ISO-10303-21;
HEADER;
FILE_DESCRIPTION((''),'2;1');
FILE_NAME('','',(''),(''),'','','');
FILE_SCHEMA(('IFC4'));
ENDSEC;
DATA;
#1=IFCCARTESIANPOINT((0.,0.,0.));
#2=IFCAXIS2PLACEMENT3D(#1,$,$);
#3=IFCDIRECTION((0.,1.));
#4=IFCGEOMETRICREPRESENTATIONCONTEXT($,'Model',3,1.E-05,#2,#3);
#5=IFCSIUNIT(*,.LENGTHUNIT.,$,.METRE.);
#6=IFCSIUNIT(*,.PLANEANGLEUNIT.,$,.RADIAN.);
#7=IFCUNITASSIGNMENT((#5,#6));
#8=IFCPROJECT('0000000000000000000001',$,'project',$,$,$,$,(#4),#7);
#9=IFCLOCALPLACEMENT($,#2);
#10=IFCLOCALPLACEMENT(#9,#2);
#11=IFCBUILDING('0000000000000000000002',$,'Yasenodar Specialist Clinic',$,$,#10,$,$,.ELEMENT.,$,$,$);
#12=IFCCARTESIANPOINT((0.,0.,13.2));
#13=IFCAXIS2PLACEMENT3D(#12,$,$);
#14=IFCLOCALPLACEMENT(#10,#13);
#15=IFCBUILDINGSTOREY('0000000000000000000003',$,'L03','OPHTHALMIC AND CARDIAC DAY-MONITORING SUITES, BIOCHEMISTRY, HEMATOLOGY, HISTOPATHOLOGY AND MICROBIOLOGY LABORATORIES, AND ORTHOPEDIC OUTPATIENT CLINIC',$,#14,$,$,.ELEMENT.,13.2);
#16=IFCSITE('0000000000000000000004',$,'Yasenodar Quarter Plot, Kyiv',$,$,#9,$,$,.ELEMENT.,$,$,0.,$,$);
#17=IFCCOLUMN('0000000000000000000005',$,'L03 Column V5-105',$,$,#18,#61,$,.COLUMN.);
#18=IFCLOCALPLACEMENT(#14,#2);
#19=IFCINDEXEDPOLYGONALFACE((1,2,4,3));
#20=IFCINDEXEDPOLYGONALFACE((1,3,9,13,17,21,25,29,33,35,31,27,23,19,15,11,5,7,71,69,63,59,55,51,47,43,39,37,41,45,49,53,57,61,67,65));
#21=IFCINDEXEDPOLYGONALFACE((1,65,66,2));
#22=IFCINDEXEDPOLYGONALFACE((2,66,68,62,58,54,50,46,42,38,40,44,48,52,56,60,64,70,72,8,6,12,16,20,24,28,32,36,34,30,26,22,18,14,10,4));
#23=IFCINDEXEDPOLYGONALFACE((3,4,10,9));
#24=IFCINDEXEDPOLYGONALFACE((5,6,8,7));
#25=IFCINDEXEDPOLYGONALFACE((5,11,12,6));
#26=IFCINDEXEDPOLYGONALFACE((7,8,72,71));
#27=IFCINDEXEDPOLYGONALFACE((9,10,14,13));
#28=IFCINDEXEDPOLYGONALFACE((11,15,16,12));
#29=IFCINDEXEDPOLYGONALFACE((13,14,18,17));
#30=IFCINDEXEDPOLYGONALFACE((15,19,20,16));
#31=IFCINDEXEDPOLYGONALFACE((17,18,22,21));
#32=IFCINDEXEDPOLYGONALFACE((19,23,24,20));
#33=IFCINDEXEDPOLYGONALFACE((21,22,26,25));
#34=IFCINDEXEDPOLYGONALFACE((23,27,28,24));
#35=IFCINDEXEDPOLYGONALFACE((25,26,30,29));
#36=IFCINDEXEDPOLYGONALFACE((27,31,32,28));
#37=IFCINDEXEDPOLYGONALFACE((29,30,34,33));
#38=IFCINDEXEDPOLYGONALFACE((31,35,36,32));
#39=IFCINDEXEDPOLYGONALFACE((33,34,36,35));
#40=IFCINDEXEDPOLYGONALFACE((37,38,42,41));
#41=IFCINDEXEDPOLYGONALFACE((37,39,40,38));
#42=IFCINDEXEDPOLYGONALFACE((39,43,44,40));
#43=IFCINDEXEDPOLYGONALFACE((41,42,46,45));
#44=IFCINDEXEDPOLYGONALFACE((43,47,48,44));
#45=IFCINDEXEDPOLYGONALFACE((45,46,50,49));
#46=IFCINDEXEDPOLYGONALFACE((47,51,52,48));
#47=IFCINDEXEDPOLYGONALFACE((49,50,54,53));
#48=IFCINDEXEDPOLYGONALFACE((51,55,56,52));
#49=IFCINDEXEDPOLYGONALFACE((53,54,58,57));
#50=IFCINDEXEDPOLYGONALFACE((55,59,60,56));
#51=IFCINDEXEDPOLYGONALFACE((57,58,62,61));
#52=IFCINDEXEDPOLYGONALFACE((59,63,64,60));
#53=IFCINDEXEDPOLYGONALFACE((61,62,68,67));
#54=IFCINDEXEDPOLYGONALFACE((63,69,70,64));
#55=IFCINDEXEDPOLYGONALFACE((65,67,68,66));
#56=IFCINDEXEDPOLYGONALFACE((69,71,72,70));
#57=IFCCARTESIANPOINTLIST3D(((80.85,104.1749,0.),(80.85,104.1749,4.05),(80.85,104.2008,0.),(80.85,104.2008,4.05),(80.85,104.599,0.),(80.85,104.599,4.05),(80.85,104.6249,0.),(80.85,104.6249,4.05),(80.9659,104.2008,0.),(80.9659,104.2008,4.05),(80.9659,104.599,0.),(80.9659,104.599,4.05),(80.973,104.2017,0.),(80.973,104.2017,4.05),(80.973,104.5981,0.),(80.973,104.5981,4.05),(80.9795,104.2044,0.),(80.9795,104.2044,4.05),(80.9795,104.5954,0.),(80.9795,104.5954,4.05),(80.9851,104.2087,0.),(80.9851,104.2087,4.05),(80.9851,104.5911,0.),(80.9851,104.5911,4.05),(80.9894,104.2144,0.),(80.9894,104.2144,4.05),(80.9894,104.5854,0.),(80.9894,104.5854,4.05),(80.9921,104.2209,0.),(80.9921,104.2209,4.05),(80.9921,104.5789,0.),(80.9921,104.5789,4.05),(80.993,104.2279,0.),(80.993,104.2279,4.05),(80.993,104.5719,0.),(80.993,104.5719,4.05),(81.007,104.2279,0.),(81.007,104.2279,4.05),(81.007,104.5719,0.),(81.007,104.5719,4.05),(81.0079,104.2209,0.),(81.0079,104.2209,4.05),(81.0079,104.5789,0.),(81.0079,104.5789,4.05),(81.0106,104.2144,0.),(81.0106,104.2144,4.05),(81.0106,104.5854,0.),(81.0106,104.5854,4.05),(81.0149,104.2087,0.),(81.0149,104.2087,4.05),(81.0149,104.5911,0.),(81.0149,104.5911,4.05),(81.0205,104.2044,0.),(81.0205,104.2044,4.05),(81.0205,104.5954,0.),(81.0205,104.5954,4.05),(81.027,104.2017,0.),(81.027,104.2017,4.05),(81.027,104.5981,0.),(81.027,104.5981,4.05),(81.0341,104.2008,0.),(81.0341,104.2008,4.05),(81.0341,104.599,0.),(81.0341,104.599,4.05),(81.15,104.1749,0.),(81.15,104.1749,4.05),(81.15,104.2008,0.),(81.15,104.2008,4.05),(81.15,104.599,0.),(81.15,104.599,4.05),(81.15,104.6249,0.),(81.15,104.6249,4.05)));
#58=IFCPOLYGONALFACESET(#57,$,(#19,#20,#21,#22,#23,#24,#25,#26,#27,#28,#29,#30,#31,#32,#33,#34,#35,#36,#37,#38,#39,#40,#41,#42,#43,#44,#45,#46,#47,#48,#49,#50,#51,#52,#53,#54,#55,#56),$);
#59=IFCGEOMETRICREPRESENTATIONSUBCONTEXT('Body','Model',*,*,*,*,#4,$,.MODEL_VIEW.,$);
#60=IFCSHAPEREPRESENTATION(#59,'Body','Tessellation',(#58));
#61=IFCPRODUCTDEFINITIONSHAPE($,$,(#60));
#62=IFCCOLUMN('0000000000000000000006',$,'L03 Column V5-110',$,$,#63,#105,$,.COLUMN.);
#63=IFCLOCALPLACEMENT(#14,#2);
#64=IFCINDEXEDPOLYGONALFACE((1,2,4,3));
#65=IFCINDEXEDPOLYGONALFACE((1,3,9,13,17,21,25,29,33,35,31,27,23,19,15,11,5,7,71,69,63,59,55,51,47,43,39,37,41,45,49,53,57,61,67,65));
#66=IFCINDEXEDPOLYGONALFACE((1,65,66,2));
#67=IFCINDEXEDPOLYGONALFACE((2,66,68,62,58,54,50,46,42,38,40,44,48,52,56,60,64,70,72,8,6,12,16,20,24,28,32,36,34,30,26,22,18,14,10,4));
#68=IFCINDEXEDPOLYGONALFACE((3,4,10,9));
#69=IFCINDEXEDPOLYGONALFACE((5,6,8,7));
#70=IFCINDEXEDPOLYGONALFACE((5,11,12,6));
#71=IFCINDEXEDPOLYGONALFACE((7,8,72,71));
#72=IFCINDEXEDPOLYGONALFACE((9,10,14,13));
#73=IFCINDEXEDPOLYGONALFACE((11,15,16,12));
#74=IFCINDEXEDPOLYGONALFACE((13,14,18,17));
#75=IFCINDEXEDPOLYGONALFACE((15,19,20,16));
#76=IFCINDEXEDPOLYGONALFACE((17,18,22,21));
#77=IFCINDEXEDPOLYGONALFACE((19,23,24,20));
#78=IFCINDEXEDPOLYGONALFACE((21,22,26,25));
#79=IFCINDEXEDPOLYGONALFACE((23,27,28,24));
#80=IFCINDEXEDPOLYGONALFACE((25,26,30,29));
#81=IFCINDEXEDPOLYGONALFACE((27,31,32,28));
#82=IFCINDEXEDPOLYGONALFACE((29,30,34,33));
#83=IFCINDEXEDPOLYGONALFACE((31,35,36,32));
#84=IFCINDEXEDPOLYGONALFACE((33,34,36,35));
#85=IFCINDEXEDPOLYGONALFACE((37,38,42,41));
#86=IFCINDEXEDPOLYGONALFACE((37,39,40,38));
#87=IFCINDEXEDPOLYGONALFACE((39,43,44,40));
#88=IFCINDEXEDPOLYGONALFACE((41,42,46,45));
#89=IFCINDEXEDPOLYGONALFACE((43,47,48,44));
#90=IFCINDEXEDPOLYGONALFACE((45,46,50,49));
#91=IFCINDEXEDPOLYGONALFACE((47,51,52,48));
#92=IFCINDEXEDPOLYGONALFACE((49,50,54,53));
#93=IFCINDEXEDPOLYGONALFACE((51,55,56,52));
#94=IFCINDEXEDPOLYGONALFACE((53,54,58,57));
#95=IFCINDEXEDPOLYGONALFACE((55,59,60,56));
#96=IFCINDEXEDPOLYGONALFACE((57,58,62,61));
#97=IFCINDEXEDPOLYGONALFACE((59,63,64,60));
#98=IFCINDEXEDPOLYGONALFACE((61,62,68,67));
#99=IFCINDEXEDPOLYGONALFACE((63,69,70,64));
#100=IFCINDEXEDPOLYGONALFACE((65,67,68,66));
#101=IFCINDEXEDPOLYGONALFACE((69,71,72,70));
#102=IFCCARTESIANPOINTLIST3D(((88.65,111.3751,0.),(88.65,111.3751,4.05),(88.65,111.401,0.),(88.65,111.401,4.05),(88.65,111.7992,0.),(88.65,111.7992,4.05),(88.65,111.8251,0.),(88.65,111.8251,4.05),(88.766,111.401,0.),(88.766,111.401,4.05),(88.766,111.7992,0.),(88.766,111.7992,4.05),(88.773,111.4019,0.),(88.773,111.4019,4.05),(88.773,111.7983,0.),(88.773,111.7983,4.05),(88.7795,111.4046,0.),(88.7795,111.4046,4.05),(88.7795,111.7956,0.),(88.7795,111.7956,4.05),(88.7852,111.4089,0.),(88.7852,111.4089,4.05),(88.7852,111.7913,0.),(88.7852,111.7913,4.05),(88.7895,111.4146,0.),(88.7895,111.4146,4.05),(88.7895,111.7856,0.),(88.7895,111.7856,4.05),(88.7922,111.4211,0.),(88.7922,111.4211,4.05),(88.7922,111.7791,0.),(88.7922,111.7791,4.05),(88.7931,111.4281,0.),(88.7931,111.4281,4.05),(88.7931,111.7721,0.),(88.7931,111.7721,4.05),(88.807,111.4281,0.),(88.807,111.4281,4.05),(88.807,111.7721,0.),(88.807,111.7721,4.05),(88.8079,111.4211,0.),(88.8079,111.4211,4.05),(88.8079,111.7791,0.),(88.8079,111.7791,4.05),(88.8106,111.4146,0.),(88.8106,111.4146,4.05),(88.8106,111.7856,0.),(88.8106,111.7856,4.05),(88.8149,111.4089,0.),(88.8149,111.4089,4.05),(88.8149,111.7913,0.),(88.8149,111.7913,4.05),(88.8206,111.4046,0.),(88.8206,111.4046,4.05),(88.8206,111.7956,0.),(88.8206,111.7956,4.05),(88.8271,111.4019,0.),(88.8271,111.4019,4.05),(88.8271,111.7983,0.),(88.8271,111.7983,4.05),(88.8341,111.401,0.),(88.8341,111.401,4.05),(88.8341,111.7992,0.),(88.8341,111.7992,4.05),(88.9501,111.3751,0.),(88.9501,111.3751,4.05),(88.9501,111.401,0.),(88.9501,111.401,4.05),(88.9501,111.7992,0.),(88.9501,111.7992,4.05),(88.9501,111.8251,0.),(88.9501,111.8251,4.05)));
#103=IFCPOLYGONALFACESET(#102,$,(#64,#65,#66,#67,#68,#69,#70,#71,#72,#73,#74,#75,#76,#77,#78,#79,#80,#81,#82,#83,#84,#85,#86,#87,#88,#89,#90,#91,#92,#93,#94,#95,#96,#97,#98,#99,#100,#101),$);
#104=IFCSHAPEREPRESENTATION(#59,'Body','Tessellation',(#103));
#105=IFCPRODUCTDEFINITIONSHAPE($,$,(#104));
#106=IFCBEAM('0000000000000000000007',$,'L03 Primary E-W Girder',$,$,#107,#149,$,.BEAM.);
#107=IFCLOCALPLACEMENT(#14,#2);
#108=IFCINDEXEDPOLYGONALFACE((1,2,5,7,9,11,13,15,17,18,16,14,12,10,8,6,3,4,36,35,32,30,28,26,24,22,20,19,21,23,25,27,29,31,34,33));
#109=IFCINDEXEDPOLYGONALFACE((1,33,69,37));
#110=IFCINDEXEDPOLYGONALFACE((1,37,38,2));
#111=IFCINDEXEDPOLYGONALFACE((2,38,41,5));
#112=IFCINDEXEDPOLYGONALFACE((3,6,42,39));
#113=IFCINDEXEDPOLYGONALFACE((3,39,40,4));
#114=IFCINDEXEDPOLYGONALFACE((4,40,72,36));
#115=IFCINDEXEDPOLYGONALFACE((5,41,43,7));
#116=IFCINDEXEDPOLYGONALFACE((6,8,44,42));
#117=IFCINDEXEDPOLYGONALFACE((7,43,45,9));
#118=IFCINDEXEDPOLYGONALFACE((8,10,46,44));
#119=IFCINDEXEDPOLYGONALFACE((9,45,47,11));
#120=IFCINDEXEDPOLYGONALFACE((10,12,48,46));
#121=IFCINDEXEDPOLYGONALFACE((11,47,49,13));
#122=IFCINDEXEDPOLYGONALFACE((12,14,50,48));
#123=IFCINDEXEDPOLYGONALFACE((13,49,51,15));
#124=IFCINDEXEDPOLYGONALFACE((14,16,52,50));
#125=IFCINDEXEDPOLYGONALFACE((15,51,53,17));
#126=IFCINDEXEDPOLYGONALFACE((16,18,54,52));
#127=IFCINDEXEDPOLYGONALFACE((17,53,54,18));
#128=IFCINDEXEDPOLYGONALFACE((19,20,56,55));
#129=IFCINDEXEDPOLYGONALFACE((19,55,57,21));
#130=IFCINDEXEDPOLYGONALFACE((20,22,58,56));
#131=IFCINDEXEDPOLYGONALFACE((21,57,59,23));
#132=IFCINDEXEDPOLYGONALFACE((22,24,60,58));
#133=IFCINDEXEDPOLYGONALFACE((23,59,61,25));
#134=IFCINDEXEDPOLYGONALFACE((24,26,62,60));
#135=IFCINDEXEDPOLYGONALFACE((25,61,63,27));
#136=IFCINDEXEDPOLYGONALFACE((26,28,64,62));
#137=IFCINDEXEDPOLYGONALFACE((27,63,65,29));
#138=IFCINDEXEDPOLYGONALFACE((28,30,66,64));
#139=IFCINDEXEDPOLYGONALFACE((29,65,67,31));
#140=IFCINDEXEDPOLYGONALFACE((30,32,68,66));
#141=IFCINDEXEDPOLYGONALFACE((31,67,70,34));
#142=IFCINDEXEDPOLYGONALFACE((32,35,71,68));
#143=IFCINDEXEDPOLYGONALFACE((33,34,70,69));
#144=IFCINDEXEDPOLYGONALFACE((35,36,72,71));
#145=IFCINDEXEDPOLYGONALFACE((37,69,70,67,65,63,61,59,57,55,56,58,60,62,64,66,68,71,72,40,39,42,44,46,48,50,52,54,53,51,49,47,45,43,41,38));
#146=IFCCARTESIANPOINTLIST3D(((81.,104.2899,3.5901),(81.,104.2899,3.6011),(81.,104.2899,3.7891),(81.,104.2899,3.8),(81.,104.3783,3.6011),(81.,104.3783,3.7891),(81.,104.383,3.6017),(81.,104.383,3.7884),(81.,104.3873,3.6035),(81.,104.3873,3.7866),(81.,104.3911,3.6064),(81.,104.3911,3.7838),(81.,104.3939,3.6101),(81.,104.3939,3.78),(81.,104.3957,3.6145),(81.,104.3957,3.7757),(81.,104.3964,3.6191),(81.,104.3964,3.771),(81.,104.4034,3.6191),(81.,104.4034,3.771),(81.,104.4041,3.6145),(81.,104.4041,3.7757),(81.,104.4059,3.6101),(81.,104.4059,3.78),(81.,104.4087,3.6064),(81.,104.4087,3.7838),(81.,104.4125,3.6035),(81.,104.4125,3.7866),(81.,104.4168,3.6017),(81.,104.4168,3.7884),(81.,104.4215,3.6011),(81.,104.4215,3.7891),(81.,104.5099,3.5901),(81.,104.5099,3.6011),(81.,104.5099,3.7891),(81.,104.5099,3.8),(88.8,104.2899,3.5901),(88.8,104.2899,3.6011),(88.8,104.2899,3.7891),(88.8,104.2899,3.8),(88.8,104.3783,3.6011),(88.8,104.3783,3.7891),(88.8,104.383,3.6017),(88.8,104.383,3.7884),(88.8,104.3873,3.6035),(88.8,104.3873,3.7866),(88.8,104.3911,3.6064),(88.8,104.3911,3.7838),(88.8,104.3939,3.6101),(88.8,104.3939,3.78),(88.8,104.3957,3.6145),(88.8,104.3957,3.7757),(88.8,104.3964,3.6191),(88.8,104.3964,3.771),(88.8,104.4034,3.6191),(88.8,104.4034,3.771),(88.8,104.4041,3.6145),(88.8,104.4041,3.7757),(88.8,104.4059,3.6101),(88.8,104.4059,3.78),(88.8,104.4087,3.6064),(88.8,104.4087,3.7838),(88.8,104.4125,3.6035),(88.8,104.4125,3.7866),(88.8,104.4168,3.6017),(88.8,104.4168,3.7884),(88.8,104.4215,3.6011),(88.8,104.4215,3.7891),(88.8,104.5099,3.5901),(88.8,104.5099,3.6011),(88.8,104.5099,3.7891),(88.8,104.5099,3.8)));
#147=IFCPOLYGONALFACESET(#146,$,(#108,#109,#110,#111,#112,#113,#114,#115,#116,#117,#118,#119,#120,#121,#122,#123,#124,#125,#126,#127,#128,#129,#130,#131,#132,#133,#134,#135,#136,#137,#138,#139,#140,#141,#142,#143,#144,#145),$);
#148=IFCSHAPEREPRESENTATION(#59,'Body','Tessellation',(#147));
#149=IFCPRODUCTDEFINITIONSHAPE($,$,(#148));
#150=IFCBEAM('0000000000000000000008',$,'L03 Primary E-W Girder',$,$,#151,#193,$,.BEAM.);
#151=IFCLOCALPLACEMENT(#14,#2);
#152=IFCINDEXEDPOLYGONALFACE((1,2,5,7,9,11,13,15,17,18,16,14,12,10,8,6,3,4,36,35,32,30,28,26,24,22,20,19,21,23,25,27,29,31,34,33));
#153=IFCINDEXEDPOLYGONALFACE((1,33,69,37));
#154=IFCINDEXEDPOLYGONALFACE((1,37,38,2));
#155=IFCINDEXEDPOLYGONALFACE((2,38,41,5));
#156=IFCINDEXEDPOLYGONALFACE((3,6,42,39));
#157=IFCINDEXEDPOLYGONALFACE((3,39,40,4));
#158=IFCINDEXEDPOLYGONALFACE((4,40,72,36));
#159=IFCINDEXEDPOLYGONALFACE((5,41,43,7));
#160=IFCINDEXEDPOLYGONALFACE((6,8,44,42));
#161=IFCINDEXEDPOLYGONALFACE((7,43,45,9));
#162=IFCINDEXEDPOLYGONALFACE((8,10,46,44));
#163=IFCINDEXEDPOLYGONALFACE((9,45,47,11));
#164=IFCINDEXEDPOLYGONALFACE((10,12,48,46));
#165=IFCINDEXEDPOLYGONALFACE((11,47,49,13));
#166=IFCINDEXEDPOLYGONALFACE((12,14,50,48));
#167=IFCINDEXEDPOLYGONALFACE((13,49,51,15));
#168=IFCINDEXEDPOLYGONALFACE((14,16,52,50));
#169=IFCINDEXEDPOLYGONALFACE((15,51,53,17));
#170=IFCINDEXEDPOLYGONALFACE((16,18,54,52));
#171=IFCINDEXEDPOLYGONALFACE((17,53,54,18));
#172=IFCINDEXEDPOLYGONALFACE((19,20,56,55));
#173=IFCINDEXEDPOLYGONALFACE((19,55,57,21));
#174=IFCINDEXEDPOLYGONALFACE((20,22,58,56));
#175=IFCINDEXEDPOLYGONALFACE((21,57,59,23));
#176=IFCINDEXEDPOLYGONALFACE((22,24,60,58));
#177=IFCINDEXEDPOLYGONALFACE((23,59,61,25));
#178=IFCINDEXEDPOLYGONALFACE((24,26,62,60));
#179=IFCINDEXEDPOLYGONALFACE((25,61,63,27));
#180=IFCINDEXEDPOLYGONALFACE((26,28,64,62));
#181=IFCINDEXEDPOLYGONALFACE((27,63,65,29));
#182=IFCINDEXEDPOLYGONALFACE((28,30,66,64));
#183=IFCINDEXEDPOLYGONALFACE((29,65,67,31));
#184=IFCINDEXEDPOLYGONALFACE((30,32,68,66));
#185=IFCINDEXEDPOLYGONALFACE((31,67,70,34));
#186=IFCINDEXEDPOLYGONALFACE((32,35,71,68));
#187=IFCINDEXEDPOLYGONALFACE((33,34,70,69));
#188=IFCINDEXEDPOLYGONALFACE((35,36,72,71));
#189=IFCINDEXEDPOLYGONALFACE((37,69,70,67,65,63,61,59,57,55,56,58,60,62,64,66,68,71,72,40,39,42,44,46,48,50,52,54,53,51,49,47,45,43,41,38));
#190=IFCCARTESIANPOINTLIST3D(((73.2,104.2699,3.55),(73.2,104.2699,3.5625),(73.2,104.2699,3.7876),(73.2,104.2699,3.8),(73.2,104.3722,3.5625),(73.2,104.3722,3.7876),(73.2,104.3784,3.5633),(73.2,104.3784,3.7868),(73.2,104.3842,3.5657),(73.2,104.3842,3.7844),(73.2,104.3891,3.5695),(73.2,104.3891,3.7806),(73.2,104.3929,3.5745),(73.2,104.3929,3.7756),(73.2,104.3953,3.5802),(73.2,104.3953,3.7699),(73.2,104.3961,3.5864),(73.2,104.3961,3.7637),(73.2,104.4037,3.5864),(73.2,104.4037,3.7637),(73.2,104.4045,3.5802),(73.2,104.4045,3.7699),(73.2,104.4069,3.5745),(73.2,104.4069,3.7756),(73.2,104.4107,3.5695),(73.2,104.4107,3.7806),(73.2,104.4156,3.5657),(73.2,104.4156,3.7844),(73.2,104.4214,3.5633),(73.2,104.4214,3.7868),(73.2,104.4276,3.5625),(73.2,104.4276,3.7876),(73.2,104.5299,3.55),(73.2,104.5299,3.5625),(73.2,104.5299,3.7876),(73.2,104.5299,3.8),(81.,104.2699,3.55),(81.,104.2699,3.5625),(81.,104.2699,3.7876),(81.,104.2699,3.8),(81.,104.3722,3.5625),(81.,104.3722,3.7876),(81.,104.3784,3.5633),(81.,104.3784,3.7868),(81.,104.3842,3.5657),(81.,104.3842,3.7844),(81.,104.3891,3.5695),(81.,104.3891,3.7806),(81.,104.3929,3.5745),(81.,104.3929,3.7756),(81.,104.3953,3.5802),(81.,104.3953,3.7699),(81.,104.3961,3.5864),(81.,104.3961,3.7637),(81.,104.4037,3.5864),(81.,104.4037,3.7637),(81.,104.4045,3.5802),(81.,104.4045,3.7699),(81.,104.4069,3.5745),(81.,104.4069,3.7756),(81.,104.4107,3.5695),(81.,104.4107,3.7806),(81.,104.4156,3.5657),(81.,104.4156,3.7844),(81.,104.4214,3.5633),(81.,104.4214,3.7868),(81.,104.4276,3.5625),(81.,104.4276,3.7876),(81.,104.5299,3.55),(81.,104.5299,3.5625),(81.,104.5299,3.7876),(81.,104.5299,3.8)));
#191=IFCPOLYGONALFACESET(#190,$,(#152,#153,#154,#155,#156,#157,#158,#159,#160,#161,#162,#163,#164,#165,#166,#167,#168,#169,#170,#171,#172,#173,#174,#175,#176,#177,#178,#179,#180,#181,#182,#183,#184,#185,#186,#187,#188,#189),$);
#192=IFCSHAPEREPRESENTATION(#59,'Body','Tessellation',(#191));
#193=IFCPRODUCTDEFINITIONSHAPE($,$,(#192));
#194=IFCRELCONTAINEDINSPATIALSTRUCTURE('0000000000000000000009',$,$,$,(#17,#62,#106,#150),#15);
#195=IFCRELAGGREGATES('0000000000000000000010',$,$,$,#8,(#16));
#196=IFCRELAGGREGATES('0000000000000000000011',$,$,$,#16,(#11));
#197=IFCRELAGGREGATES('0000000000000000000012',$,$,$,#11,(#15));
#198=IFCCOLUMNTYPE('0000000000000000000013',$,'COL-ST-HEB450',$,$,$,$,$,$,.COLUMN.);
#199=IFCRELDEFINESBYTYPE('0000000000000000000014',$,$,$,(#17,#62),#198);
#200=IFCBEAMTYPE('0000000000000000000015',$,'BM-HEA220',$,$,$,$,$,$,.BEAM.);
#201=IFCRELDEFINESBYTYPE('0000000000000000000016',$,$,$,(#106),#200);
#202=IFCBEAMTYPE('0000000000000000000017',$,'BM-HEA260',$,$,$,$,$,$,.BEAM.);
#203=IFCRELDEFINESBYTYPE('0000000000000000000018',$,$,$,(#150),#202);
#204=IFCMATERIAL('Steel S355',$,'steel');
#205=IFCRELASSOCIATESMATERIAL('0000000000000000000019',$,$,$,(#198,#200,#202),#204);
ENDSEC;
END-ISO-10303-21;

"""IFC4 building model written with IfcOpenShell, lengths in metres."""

from ifc_helpers import new_model, si_unit, direction, frame, origin, origin_2d, place, context, subcontext, project, spatial, i_section, extrude, material, material_profile, profile_set, type_object, element, save


model = new_model("IFC4")

# Units and contexts
model_context = context("Model", 3, precision=1e-05, world=origin(), true_north=direction((0.0, 1.0)))
body_context = subcontext(model_context, "Body", "Model", "MODEL_VIEW")
ifc_project = project(units=[si_unit("LENGTHUNIT", "METRE"), si_unit("PLANEANGLEUNIT", "RADIAN")], contexts=[model_context])

# Site, building, storey
site_placement = place(None, origin())
site = spatial("IfcSite", under=ifc_project, at=site_placement, Name="Yasenodar Quarter Plot, Kyiv", CompositionType="ELEMENT", RefElevation=0.0)
building_placement = place(site_placement, origin())
building = spatial("IfcBuilding", under=site, at=building_placement, Name="Yasenodar Specialist Clinic", CompositionType="ELEMENT")
storey_placement = place(building_placement, frame((0.0, 0.0, 13.2)))
storey = spatial("IfcBuildingStorey", under=building, at=storey_placement, Name="L03", Description="OPHTHALMIC AND CARDIAC DAY-MONITORING SUITES, BIOCHEMISTRY, HEMATOLOGY, HISTOPATHOLOGY AND MICROBIOLOGY LABORATORIES, AND ORTHOPEDIC OUTPATIENT CLINIC", CompositionType="ELEMENT", Elevation=13.2)

# Columns
ifc_material_1 = material(Name="Steel S355", Category="steel")
ifc_material_profile_1 = material_profile(ifc_material_1, i_section(OverallWidth=0.3, OverallDepth=0.45, WebThickness=0.0139, FlangeThickness=0.0259, FilletRadius=0.0271, at=origin_2d()), Name="HEB 450")
ifc_profile_set_1 = profile_set([ifc_material_profile_1], Name="Steel S355")
column_type_1 = type_object("IfcColumnType", Name="COL-ST-HEB450", PredefinedType="COLUMN", material=ifc_profile_set_1)
for number, where, z_axis, x_axis, name in (
    (1, (81.0, 104.3999, 0.0), (0.0, 0.0, 1.0), (1.0, 0.0, 0.0), "L03 Column V5-105"),
    (2, (88.8, 111.6001, 0.0), (0.0, 0.0, 1.0), (1.0, 0.0, 0.0), "L03 Column V5-110"),
):
    element("IfcColumn", number, at=place(storey_placement, frame(where, z_axis=z_axis, x_axis=x_axis)), inside=storey, type_object=column_type_1, Name=name, PredefinedType="COLUMN", context=body_context, shape_type="SweptSolid", body=[
        extrude(i_section(OverallWidth=0.3, OverallDepth=0.45, WebThickness=0.0139, FlangeThickness=0.0259, FilletRadius=0.0271, at=origin_2d()), origin(), (0.0, 0.0, 1.0), 4.05),
    ])

# Beams
ifc_material_profile_2 = material_profile(ifc_material_1, i_section(OverallWidth=0.22, OverallDepth=0.21, WebThickness=0.0071, FlangeThickness=0.011, FilletRadius=0.0181, at=origin_2d()), Name="HEA 220")
ifc_profile_set_2 = profile_set([ifc_material_profile_2], Name="Steel S355")
beam_type_1 = type_object("IfcBeamType", Name="BM-HEA220", PredefinedType="BEAM", material=ifc_profile_set_2)
beam_1_placement = place(storey_placement, frame((81.0, 104.3999, 3.6951), z_axis=(1.0, 0.0, 0.0), x_axis=(0.0, 1.0, 0.0)))
element("IfcBeam", 3, at=beam_1_placement, inside=storey, type_object=beam_type_1, Name="L03 Primary E-W Girder", PredefinedType="BEAM", context=body_context, shape_type="SweptSolid", body=[
    extrude(i_section(OverallWidth=0.22, OverallDepth=0.21, WebThickness=0.0071, FlangeThickness=0.011, FilletRadius=0.0181, at=origin_2d()), origin(), (0.0, 0.0, 1.0), 7.8),
])
ifc_material_profile_3 = material_profile(ifc_material_1, i_section(OverallWidth=0.26, OverallDepth=0.25, WebThickness=0.0076, FlangeThickness=0.0125, FilletRadius=0.0239, at=origin_2d()), Name="HEA 260")
ifc_profile_set_3 = profile_set([ifc_material_profile_3], Name="Steel S355")
beam_type_2 = type_object("IfcBeamType", Name="BM-HEA260", PredefinedType="BEAM", material=ifc_profile_set_3)
beam_2_placement = place(storey_placement, frame((73.2, 104.3999, 3.675), z_axis=(1.0, 0.0, 0.0), x_axis=(0.0, 1.0, 0.0)))
element("IfcBeam", 4, at=beam_2_placement, inside=storey, type_object=beam_type_2, Name="L03 Primary E-W Girder", PredefinedType="BEAM", context=body_context, shape_type="SweptSolid", body=[
    extrude(i_section(OverallWidth=0.26, OverallDepth=0.25, WebThickness=0.0076, FlangeThickness=0.0125, FilletRadius=0.0239, at=origin_2d()), origin(), (0.0, 0.0, 1.0), 7.8),
])

save(model, "model.ifc")
